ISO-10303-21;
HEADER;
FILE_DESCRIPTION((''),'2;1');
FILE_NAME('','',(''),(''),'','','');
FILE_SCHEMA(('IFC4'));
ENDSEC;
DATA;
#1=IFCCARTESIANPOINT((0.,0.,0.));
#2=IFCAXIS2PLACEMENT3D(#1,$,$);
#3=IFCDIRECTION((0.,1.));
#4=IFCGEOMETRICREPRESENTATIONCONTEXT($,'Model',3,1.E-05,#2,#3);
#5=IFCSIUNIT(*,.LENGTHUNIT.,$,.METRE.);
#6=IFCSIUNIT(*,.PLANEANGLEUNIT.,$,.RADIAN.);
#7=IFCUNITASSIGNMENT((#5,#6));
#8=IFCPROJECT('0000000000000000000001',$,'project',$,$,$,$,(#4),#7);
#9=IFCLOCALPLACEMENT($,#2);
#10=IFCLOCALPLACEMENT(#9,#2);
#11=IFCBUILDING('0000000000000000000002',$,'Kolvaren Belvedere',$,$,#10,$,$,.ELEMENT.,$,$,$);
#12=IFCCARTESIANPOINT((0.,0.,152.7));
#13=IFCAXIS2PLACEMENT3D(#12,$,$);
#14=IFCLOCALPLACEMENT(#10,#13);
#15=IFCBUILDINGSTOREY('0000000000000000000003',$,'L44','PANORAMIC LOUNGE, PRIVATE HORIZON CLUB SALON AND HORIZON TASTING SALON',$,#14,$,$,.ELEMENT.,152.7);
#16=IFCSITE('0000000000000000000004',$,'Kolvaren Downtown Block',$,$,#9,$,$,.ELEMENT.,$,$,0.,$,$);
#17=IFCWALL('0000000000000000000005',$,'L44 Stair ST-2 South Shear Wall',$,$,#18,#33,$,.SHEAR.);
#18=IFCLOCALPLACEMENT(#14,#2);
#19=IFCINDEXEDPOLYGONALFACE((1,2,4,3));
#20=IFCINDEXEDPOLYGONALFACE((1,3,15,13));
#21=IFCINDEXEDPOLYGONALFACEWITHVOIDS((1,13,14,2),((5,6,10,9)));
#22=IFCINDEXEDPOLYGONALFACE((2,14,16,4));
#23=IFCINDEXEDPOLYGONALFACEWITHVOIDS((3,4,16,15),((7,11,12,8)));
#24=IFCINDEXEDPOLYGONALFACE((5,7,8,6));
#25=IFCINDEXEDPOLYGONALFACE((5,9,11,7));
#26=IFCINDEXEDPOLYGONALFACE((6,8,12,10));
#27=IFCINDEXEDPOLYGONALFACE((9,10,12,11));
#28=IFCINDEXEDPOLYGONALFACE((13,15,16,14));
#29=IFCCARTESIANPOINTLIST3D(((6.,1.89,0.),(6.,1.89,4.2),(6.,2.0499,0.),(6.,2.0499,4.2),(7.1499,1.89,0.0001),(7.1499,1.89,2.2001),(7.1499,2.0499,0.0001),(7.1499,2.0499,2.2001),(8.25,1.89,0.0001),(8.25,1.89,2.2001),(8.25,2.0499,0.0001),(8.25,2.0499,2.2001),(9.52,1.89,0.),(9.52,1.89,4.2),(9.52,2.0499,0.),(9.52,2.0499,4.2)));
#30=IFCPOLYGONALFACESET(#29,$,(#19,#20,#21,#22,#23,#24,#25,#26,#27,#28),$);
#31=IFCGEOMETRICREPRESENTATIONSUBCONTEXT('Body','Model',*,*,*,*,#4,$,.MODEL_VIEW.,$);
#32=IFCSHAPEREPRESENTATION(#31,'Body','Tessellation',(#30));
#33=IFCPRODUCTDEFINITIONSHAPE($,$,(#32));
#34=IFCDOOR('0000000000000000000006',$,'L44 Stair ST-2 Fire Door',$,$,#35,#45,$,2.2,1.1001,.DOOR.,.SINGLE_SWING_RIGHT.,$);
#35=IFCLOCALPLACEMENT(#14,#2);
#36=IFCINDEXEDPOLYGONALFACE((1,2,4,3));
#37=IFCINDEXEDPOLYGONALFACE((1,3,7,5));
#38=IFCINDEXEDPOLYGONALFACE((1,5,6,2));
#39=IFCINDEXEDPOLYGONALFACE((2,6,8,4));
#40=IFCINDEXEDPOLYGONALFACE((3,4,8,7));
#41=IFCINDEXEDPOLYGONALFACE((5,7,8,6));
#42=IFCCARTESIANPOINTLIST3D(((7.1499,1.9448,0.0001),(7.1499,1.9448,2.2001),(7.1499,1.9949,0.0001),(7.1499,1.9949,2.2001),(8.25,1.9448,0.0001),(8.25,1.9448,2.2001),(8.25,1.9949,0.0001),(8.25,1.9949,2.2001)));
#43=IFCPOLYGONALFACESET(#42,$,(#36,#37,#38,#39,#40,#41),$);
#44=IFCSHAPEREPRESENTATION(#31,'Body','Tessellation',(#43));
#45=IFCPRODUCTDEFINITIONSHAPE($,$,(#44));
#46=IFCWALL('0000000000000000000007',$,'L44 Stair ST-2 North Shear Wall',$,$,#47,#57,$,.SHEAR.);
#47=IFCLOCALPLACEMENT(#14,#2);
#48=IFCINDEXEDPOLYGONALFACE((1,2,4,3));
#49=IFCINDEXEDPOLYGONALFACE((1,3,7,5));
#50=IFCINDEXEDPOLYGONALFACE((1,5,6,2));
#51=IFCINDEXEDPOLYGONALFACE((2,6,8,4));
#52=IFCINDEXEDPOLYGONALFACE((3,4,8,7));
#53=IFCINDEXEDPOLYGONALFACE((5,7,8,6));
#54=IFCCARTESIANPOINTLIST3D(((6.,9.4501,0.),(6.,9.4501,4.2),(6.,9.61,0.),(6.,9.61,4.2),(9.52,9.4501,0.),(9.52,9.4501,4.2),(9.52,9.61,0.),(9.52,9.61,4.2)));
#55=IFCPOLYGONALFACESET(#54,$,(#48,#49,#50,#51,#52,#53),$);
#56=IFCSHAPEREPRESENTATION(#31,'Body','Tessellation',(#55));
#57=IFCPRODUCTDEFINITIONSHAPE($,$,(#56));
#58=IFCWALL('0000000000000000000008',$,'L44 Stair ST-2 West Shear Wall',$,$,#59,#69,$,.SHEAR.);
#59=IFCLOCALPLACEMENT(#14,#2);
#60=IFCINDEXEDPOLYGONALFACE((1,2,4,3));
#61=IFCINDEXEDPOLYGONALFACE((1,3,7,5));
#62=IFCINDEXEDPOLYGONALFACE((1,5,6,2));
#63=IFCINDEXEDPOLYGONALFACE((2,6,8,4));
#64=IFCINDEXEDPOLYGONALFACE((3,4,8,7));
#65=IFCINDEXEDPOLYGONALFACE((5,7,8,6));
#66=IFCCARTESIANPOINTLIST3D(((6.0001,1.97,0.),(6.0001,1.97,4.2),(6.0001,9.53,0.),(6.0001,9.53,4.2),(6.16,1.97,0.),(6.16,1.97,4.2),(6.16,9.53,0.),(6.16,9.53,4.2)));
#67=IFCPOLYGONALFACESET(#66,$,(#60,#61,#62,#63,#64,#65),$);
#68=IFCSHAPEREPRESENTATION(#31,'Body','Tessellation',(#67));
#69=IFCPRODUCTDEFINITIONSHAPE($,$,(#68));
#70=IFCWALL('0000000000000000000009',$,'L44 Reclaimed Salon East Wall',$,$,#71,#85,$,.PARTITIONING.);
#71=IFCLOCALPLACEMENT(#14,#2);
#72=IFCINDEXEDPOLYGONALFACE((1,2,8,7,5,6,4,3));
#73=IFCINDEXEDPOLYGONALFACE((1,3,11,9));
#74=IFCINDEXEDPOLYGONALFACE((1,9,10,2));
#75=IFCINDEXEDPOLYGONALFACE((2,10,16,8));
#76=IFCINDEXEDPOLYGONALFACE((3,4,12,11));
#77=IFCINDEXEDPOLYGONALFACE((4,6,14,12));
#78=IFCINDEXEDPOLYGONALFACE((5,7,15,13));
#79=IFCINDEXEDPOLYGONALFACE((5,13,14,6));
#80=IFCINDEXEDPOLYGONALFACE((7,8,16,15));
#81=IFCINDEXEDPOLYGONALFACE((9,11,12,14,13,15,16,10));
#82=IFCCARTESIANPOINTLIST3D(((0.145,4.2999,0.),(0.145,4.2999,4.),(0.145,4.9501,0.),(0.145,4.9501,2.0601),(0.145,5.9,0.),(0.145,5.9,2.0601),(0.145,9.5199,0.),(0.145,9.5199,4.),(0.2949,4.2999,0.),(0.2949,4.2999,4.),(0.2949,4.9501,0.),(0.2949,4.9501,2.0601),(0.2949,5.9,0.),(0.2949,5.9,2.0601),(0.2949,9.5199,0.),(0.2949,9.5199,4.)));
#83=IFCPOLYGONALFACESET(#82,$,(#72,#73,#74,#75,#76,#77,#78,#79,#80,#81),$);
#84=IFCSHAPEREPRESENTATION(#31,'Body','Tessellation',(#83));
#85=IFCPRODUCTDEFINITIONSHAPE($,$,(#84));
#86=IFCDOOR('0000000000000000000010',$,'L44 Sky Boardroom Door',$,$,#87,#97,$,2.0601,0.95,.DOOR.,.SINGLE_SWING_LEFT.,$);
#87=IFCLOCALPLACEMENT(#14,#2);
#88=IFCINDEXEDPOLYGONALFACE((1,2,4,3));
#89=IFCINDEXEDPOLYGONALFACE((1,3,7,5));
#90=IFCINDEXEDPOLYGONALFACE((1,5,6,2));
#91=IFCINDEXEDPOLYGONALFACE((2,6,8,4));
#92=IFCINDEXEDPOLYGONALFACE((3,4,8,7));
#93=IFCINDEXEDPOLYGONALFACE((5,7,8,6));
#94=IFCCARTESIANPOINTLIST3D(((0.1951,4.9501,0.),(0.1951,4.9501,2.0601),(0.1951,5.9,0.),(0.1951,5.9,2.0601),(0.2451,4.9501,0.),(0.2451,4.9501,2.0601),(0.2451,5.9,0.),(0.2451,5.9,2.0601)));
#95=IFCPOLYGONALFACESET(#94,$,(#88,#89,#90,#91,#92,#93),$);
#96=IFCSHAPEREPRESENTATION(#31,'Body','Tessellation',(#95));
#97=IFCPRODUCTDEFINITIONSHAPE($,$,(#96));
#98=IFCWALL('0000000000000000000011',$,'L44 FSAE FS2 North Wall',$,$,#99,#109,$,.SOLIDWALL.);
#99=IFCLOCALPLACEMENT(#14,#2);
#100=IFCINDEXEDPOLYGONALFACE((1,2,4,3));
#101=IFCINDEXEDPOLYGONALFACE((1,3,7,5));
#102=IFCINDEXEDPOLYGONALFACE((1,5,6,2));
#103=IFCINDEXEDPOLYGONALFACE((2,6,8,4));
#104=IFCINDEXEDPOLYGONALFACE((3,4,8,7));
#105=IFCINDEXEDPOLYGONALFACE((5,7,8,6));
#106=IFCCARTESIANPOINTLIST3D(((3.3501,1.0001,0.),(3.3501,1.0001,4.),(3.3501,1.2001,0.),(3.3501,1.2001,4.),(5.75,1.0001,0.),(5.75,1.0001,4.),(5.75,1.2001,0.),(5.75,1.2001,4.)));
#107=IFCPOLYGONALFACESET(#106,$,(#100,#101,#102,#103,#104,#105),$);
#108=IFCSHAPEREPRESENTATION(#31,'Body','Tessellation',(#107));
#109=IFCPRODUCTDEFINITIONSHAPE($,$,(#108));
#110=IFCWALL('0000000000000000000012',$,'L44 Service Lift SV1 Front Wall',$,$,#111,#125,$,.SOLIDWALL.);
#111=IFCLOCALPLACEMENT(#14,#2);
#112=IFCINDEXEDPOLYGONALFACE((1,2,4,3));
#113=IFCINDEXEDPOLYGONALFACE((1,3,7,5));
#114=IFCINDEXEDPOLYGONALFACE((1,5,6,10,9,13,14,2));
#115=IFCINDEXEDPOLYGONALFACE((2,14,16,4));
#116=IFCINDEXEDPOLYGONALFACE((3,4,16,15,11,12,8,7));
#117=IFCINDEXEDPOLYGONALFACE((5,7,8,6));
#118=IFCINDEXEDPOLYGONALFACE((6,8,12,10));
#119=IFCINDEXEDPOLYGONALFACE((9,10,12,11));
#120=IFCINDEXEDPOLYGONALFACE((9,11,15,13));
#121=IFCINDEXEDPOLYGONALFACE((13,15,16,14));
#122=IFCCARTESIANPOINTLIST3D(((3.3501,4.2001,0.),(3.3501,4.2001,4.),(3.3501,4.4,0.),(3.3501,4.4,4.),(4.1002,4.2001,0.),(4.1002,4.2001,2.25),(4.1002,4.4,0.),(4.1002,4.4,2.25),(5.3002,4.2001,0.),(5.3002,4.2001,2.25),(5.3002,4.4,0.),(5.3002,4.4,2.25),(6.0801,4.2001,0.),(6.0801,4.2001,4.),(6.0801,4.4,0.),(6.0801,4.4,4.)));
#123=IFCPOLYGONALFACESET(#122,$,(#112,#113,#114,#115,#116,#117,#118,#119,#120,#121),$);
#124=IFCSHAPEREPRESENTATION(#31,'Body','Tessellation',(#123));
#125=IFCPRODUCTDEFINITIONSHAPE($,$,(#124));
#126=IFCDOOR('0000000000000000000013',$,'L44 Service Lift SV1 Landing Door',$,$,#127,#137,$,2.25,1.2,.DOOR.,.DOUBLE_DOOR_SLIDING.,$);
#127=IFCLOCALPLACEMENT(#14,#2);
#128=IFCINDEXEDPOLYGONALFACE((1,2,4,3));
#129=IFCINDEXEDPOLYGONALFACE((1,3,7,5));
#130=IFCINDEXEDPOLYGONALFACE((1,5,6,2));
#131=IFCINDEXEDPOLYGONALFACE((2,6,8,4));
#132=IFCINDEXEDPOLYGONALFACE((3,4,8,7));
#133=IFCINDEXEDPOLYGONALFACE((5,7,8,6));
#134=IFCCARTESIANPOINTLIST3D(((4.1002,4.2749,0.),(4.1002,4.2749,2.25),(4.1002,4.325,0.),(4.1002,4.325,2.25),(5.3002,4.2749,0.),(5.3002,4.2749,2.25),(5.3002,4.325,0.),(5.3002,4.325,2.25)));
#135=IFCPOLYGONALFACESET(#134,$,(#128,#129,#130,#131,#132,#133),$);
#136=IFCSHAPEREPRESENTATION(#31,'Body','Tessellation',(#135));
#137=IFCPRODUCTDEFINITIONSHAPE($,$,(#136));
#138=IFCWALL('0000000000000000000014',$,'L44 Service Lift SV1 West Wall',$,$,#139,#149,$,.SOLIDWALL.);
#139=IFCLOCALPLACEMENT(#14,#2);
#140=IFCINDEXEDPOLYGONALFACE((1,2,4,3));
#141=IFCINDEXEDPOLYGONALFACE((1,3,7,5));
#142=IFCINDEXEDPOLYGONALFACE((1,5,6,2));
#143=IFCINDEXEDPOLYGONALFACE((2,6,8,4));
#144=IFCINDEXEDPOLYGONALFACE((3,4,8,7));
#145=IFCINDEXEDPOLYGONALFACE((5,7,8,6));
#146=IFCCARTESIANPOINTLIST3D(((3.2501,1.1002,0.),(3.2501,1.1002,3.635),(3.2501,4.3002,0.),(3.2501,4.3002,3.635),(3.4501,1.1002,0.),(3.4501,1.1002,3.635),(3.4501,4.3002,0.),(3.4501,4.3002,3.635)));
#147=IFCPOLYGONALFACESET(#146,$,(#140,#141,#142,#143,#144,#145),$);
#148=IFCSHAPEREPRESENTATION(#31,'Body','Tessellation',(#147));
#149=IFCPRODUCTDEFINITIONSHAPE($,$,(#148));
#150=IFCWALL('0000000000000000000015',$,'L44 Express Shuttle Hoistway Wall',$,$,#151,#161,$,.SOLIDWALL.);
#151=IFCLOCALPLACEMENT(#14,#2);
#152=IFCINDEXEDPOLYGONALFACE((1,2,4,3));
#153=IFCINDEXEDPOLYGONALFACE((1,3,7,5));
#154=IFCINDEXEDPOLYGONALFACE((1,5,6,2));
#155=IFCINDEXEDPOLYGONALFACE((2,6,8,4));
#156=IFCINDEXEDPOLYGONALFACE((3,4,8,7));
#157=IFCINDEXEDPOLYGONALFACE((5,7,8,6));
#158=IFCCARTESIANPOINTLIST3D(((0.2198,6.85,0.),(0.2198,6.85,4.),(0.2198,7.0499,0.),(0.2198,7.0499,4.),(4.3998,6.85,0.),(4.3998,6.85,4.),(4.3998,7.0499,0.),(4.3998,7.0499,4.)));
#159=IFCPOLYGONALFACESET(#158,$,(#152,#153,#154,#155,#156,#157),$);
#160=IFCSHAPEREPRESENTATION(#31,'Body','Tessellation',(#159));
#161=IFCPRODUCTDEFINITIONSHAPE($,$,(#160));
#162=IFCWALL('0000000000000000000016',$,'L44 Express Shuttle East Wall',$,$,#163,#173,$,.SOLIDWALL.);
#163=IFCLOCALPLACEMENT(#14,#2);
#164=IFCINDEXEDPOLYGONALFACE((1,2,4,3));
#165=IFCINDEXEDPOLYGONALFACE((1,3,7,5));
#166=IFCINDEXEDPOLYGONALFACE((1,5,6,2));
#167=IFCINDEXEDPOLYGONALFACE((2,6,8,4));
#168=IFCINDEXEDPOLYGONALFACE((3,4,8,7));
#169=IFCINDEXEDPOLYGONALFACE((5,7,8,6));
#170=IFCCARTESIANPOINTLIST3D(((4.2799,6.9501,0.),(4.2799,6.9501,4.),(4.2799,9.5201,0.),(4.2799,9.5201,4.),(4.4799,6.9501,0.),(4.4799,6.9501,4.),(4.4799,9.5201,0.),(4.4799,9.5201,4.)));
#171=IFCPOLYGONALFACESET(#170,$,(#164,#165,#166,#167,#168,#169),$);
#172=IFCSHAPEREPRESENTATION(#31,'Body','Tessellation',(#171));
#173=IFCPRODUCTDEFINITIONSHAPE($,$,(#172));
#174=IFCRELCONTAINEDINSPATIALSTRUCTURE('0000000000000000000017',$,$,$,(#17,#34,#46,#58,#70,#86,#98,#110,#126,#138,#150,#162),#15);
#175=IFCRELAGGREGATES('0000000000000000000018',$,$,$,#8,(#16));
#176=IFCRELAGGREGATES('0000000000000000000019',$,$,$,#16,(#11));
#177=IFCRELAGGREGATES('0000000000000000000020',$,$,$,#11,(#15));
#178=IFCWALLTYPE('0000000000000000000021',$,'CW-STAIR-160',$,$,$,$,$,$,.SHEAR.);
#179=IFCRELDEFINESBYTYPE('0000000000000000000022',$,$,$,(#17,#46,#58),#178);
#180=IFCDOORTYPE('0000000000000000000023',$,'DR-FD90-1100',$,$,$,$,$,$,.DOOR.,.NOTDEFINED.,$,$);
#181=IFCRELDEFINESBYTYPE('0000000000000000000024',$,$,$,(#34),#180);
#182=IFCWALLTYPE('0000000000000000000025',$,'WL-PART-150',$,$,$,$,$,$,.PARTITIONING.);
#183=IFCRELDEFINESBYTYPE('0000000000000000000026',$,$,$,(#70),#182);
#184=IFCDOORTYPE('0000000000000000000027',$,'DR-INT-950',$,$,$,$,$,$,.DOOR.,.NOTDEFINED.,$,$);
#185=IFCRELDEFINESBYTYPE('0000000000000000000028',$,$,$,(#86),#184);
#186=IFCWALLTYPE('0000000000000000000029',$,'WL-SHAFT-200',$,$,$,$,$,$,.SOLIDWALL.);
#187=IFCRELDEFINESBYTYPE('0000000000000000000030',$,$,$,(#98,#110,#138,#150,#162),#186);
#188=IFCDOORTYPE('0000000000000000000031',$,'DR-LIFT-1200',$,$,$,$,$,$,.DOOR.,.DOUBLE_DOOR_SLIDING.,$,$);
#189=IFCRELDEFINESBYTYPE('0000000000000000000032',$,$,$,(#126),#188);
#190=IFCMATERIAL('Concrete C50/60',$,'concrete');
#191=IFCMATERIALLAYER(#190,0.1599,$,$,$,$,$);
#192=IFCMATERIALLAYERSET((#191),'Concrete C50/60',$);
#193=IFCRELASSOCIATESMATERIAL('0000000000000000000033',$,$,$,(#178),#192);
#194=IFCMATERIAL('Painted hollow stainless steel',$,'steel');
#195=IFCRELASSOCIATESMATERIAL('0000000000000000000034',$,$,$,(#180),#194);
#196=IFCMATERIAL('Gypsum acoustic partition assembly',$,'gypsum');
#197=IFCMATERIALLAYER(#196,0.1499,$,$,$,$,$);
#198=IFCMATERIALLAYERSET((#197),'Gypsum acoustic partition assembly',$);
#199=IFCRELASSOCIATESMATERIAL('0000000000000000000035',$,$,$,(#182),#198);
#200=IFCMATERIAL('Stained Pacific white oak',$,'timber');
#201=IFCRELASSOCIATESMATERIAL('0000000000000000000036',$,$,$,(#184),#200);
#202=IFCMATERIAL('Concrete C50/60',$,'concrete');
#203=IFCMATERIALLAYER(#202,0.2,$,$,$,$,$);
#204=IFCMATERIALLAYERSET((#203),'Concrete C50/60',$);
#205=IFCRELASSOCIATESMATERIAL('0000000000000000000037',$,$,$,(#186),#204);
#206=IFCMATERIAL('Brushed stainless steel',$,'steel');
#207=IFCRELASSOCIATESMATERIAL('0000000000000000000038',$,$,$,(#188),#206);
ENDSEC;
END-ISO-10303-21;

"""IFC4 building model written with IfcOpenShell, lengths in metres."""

from ifc_helpers import new_model, si_unit, direction, frame, frame_2d, origin, place, context, subcontext, project, spatial, rectangle, extrude, material, layer, layer_set, type_object, element, fill, save


model = new_model("IFC4")

# Units and contexts
model_context = context("Model", 3, precision=1e-05, world=origin(), true_north=direction((0.0, 1.0)))
body_context = subcontext(model_context, "Body", "Model", "MODEL_VIEW")
ifc_project = project(units=[si_unit("LENGTHUNIT", "METRE"), si_unit("PLANEANGLEUNIT", "RADIAN")], contexts=[model_context])

# Site, building, storey
site_placement = place(None, origin())
site = spatial("IfcSite", under=ifc_project, at=site_placement, Name="Kolvaren Downtown Block", CompositionType="ELEMENT", RefElevation=0.0)
building_placement = place(site_placement, origin())
building = spatial("IfcBuilding", under=site, at=building_placement, Name="Kolvaren Belvedere", CompositionType="ELEMENT")
storey_placement = place(building_placement, frame((0.0, 0.0, 152.7)))
storey = spatial("IfcBuildingStorey", under=building, at=storey_placement, Name="L44", Description="PANORAMIC LOUNGE, PRIVATE HORIZON CLUB SALON AND HORIZON TASTING SALON", CompositionType="ELEMENT", Elevation=152.7)

# Wall, opening, door
ifc_material_1 = material(Name="Concrete C50/60", Category="concrete")
ifc_layer_1 = layer(ifc_material_1, 0.1599)
ifc_layer_set_1 = layer_set([ifc_layer_1], Name="Concrete C50/60")
wall_type_1 = type_object("IfcWallType", Name="CW-STAIR-160", PredefinedType="SHEAR", material=ifc_layer_set_1)
wall_1_placement = place(storey_placement, frame((6.0, 1.97, 0.0), z_axis=(0.0, 0.0, 1.0), x_axis=(1.0, 0.0, 0.0)))
wall_1 = element("IfcWall", 1, at=wall_1_placement, inside=storey, type_object=wall_type_1, Name="L44 Stair ST-2 South Shear Wall", PredefinedType="SHEAR", context=body_context, shape_type="SweptSolid", body=[
    extrude(rectangle(XDim=3.52, YDim=0.1599, at=frame_2d((1.76, 0.0))), origin(), (0.0, 0.0, 1.0), 4.2),
])
opening_1_placement = place(wall_1_placement, frame((1.1499, 0.0, 0.0)))
opening_1 = element("IfcOpeningElement", 2, at=opening_1_placement, cuts=wall_1, PredefinedType="OPENING", context=body_context, shape_type="SweptSolid", body=[
    extrude(rectangle(XDim=1.1001, YDim=2.2, at=frame_2d((0.55, 1.1001))), frame((0.0, 0.0898, 0.0), z_axis=(0.0, -1.0, 0.0), x_axis=(1.0, 0.0, 0.0)), (0.0, 0.0, 1.0), 0.1799),
])
ifc_material_2 = material(Name="Painted hollow stainless steel", Category="steel")
door_type_1 = type_object("IfcDoorType", Name="DR-FD90-1100", OperationType="NOTDEFINED", PredefinedType="DOOR", material=ifc_material_2)
door_1_placement = place(opening_1_placement, origin())
door_1 = element("IfcDoor", 3, at=door_1_placement, inside=storey, type_object=door_type_1, Name="L44 Stair ST-2 Fire Door", OperationType="SINGLE_SWING_RIGHT", OverallHeight=2.2, OverallWidth=1.1001, PredefinedType="DOOR", context=body_context, shape_type="SweptSolid", body=[
    extrude(rectangle(XDim=1.1001, YDim=2.2, at=frame_2d((0.55, 1.1001))), frame((0.0, 0.0249, 0.0), z_axis=(0.0, -1.0, 0.0), x_axis=(1.0, 0.0, 0.0)), (0.0, 0.0, 1.0), 0.05),
])
fill(opening_1, door_1)

# Walls
wall_2_placement = place(storey_placement, frame((6.0, 9.53, 0.0), z_axis=(0.0, 0.0, 1.0), x_axis=(1.0, 0.0, 0.0)))
element("IfcWall", 4, at=wall_2_placement, inside=storey, type_object=wall_type_1, Name="L44 Stair ST-2 North Shear Wall", PredefinedType="SHEAR", context=body_context, shape_type="SweptSolid", body=[
    extrude(rectangle(XDim=3.52, YDim=0.1599, at=frame_2d((1.76, 0.0))), origin(), (0.0, 0.0, 1.0), 4.2),
])
wall_3_placement = place(storey_placement, frame((6.0801, 1.97, 0.0), z_axis=(0.0, 0.0, 1.0), x_axis=(0.0, 1.0, 0.0)))
element("IfcWall", 5, at=wall_3_placement, inside=storey, type_object=wall_type_1, Name="L44 Stair ST-2 West Shear Wall", PredefinedType="SHEAR", context=body_context, shape_type="SweptSolid", body=[
    extrude(rectangle(XDim=7.5601, YDim=0.1599, at=frame_2d((3.78, 0.0))), origin(), (0.0, 0.0, 1.0), 4.2),
])

# Wall, opening, door
ifc_material_3 = material(Name="Gypsum acoustic partition assembly", Category="gypsum")
ifc_layer_2 = layer(ifc_material_3, 0.1499)
ifc_layer_set_2 = layer_set([ifc_layer_2], Name="Gypsum acoustic partition assembly")
wall_type_2 = type_object("IfcWallType", Name="WL-PART-150", PredefinedType="PARTITIONING", material=ifc_layer_set_2)
wall_4_placement = place(storey_placement, frame((0.22, 4.3, 0.0), z_axis=(0.0, 0.0, 1.0), x_axis=(0.0, 1.0, 0.0)))
wall_4 = element("IfcWall", 6, at=wall_4_placement, inside=storey, type_object=wall_type_2, Name="L44 Reclaimed Salon East Wall", PredefinedType="PARTITIONING", context=body_context, shape_type="SweptSolid", body=[
    extrude(rectangle(XDim=5.22, YDim=0.1499, at=frame_2d((2.6099, 0.0))), origin(), (0.0, 0.0, 1.0), 4.0),
])
opening_2_placement = place(wall_4_placement, frame((0.6499, 0.0, 0.0)))
opening_2 = element("IfcOpeningElement", 7, at=opening_2_placement, cuts=wall_4, PredefinedType="OPENING", context=body_context, shape_type="SweptSolid", body=[
    extrude(rectangle(XDim=0.95, YDim=2.0601, at=frame_2d((0.4751, 1.03))), frame((0.0, 0.085, 0.0), z_axis=(0.0, -1.0, 0.0), x_axis=(1.0, 0.0, 0.0)), (0.0, 0.0, 1.0), 0.1699),
])
ifc_material_4 = material(Name="Stained Pacific white oak", Category="timber")
door_type_2 = type_object("IfcDoorType", Name="DR-INT-950", OperationType="NOTDEFINED", PredefinedType="DOOR", material=ifc_material_4)
door_2_placement = place(opening_2_placement, origin())
door_2 = element("IfcDoor", 8, at=door_2_placement, inside=storey, type_object=door_type_2, Name="L44 Sky Boardroom Door", OperationType="SINGLE_SWING_LEFT", OverallHeight=2.0601, OverallWidth=0.95, PredefinedType="DOOR", context=body_context, shape_type="SweptSolid", body=[
    extrude(rectangle(XDim=0.95, YDim=2.0601, at=frame_2d((0.4751, 1.03))), frame((0.0, 0.0249, 0.0), z_axis=(0.0, -1.0, 0.0), x_axis=(1.0, 0.0, 0.0)), (0.0, 0.0, 1.0), 0.05),
])
fill(opening_2, door_2)

# Wall
ifc_material_5 = material(Name="Concrete C50/60", Category="concrete")
ifc_layer_3 = layer(ifc_material_5, 0.2)
ifc_layer_set_3 = layer_set([ifc_layer_3], Name="Concrete C50/60")
wall_type_3 = type_object("IfcWallType", Name="WL-SHAFT-200", PredefinedType="SOLIDWALL", material=ifc_layer_set_3)
wall_5_placement = place(storey_placement, frame((3.3501, 1.1001, 0.0), z_axis=(0.0, 0.0, 1.0), x_axis=(1.0, 0.0, 0.0)))
element("IfcWall", 9, at=wall_5_placement, inside=storey, type_object=wall_type_3, Name="L44 FSAE FS2 North Wall", PredefinedType="SOLIDWALL", context=body_context, shape_type="SweptSolid", body=[
    extrude(rectangle(XDim=2.3999, YDim=0.2, at=frame_2d((1.2, 0.0))), origin(), (0.0, 0.0, 1.0), 4.0),
])

# Wall, opening, door
wall_6_placement = place(storey_placement, frame((3.3501, 4.3, 0.0), z_axis=(0.0, 0.0, 1.0), x_axis=(1.0, 0.0, 0.0)))
wall_6 = element("IfcWall", 10, at=wall_6_placement, inside=storey, type_object=wall_type_3, Name="L44 Service Lift SV1 Front Wall", PredefinedType="SOLIDWALL", context=body_context, shape_type="SweptSolid", body=[
    extrude(rectangle(XDim=2.73, YDim=0.2, at=frame_2d((1.365, 0.0))), origin(), (0.0, 0.0, 1.0), 4.0),
])
opening_3_placement = place(wall_6_placement, frame((0.75, 0.0, 0.0)))
opening_3 = element("IfcOpeningElement", 11, at=opening_3_placement, cuts=wall_6, PredefinedType="OPENING", context=body_context, shape_type="SweptSolid", body=[
    extrude(rectangle(XDim=1.2, YDim=2.25, at=frame_2d((0.6001, 1.125))), frame((0.0, 0.1099, 0.0), z_axis=(0.0, -1.0, 0.0), x_axis=(1.0, 0.0, 0.0)), (0.0, 0.0, 1.0), 0.22),
])
ifc_material_6 = material(Name="Brushed stainless steel", Category="steel")
door_type_3 = type_object("IfcDoorType", Name="DR-LIFT-1200", OperationType="DOUBLE_DOOR_SLIDING", PredefinedType="DOOR", material=ifc_material_6)
door_3_placement = place(opening_3_placement, origin())
door_3 = element("IfcDoor", 12, at=door_3_placement, inside=storey, type_object=door_type_3, Name="L44 Service Lift SV1 Landing Door", OperationType="DOUBLE_DOOR_SLIDING", OverallHeight=2.25, OverallWidth=1.2, PredefinedType="DOOR", context=body_context, shape_type="SweptSolid", body=[
    extrude(rectangle(XDim=1.2, YDim=2.25, at=frame_2d((0.6001, 1.125))), frame((0.0, 0.0249, 0.0), z_axis=(0.0, -1.0, 0.0), x_axis=(1.0, 0.0, 0.0)), (0.0, 0.0, 1.0), 0.05),
])
fill(opening_3, door_3)

# Walls
wall_7_placement = place(storey_placement, frame((3.3501, 1.1001, 0.0), z_axis=(0.0, 0.0, 1.0), x_axis=(0.0, 1.0, 0.0)))
element("IfcWall", 13, at=wall_7_placement, inside=storey, type_object=wall_type_3, Name="L44 Service Lift SV1 West Wall", PredefinedType="SOLIDWALL", context=body_context, shape_type="SweptSolid", body=[
    extrude(rectangle(XDim=3.2, YDim=0.2, at=frame_2d((1.6001, 0.0))), origin(), (0.0, 0.0, 1.0), 3.635),
])
wall_8_placement = place(storey_placement, frame((0.22, 6.95, 0.0), z_axis=(0.0, 0.0, 1.0), x_axis=(1.0, 0.0, 0.0)))
element("IfcWall", 14, at=wall_8_placement, inside=storey, type_object=wall_type_3, Name="L44 Express Shuttle Hoistway Wall", PredefinedType="SOLIDWALL", context=body_context, shape_type="SweptSolid", body=[
    extrude(rectangle(XDim=4.1799, YDim=0.2, at=frame_2d((2.0898, 0.0))), origin(), (0.0, 0.0, 1.0), 4.0),
])
for number, where, z_axis, x_axis, name in (
    (15, (4.3799, 6.95, 0.0), (0.0, 0.0, 1.0), (0.0, 1.0, 0.0), "L44 Express Shuttle East Wall"),
):
    element("IfcWall", number, at=place(storey_placement, frame(where, z_axis=z_axis, x_axis=x_axis)), inside=storey, type_object=wall_type_3, Name=name, PredefinedType="SOLIDWALL", context=body_context, shape_type="SweptSolid", body=[
        extrude(rectangle(XDim=2.5701, YDim=0.2, at=frame_2d((1.2852, 0.0))), origin(), (0.0, 0.0, 1.0), 4.0),
    ])

save(model, "model.ifc")
